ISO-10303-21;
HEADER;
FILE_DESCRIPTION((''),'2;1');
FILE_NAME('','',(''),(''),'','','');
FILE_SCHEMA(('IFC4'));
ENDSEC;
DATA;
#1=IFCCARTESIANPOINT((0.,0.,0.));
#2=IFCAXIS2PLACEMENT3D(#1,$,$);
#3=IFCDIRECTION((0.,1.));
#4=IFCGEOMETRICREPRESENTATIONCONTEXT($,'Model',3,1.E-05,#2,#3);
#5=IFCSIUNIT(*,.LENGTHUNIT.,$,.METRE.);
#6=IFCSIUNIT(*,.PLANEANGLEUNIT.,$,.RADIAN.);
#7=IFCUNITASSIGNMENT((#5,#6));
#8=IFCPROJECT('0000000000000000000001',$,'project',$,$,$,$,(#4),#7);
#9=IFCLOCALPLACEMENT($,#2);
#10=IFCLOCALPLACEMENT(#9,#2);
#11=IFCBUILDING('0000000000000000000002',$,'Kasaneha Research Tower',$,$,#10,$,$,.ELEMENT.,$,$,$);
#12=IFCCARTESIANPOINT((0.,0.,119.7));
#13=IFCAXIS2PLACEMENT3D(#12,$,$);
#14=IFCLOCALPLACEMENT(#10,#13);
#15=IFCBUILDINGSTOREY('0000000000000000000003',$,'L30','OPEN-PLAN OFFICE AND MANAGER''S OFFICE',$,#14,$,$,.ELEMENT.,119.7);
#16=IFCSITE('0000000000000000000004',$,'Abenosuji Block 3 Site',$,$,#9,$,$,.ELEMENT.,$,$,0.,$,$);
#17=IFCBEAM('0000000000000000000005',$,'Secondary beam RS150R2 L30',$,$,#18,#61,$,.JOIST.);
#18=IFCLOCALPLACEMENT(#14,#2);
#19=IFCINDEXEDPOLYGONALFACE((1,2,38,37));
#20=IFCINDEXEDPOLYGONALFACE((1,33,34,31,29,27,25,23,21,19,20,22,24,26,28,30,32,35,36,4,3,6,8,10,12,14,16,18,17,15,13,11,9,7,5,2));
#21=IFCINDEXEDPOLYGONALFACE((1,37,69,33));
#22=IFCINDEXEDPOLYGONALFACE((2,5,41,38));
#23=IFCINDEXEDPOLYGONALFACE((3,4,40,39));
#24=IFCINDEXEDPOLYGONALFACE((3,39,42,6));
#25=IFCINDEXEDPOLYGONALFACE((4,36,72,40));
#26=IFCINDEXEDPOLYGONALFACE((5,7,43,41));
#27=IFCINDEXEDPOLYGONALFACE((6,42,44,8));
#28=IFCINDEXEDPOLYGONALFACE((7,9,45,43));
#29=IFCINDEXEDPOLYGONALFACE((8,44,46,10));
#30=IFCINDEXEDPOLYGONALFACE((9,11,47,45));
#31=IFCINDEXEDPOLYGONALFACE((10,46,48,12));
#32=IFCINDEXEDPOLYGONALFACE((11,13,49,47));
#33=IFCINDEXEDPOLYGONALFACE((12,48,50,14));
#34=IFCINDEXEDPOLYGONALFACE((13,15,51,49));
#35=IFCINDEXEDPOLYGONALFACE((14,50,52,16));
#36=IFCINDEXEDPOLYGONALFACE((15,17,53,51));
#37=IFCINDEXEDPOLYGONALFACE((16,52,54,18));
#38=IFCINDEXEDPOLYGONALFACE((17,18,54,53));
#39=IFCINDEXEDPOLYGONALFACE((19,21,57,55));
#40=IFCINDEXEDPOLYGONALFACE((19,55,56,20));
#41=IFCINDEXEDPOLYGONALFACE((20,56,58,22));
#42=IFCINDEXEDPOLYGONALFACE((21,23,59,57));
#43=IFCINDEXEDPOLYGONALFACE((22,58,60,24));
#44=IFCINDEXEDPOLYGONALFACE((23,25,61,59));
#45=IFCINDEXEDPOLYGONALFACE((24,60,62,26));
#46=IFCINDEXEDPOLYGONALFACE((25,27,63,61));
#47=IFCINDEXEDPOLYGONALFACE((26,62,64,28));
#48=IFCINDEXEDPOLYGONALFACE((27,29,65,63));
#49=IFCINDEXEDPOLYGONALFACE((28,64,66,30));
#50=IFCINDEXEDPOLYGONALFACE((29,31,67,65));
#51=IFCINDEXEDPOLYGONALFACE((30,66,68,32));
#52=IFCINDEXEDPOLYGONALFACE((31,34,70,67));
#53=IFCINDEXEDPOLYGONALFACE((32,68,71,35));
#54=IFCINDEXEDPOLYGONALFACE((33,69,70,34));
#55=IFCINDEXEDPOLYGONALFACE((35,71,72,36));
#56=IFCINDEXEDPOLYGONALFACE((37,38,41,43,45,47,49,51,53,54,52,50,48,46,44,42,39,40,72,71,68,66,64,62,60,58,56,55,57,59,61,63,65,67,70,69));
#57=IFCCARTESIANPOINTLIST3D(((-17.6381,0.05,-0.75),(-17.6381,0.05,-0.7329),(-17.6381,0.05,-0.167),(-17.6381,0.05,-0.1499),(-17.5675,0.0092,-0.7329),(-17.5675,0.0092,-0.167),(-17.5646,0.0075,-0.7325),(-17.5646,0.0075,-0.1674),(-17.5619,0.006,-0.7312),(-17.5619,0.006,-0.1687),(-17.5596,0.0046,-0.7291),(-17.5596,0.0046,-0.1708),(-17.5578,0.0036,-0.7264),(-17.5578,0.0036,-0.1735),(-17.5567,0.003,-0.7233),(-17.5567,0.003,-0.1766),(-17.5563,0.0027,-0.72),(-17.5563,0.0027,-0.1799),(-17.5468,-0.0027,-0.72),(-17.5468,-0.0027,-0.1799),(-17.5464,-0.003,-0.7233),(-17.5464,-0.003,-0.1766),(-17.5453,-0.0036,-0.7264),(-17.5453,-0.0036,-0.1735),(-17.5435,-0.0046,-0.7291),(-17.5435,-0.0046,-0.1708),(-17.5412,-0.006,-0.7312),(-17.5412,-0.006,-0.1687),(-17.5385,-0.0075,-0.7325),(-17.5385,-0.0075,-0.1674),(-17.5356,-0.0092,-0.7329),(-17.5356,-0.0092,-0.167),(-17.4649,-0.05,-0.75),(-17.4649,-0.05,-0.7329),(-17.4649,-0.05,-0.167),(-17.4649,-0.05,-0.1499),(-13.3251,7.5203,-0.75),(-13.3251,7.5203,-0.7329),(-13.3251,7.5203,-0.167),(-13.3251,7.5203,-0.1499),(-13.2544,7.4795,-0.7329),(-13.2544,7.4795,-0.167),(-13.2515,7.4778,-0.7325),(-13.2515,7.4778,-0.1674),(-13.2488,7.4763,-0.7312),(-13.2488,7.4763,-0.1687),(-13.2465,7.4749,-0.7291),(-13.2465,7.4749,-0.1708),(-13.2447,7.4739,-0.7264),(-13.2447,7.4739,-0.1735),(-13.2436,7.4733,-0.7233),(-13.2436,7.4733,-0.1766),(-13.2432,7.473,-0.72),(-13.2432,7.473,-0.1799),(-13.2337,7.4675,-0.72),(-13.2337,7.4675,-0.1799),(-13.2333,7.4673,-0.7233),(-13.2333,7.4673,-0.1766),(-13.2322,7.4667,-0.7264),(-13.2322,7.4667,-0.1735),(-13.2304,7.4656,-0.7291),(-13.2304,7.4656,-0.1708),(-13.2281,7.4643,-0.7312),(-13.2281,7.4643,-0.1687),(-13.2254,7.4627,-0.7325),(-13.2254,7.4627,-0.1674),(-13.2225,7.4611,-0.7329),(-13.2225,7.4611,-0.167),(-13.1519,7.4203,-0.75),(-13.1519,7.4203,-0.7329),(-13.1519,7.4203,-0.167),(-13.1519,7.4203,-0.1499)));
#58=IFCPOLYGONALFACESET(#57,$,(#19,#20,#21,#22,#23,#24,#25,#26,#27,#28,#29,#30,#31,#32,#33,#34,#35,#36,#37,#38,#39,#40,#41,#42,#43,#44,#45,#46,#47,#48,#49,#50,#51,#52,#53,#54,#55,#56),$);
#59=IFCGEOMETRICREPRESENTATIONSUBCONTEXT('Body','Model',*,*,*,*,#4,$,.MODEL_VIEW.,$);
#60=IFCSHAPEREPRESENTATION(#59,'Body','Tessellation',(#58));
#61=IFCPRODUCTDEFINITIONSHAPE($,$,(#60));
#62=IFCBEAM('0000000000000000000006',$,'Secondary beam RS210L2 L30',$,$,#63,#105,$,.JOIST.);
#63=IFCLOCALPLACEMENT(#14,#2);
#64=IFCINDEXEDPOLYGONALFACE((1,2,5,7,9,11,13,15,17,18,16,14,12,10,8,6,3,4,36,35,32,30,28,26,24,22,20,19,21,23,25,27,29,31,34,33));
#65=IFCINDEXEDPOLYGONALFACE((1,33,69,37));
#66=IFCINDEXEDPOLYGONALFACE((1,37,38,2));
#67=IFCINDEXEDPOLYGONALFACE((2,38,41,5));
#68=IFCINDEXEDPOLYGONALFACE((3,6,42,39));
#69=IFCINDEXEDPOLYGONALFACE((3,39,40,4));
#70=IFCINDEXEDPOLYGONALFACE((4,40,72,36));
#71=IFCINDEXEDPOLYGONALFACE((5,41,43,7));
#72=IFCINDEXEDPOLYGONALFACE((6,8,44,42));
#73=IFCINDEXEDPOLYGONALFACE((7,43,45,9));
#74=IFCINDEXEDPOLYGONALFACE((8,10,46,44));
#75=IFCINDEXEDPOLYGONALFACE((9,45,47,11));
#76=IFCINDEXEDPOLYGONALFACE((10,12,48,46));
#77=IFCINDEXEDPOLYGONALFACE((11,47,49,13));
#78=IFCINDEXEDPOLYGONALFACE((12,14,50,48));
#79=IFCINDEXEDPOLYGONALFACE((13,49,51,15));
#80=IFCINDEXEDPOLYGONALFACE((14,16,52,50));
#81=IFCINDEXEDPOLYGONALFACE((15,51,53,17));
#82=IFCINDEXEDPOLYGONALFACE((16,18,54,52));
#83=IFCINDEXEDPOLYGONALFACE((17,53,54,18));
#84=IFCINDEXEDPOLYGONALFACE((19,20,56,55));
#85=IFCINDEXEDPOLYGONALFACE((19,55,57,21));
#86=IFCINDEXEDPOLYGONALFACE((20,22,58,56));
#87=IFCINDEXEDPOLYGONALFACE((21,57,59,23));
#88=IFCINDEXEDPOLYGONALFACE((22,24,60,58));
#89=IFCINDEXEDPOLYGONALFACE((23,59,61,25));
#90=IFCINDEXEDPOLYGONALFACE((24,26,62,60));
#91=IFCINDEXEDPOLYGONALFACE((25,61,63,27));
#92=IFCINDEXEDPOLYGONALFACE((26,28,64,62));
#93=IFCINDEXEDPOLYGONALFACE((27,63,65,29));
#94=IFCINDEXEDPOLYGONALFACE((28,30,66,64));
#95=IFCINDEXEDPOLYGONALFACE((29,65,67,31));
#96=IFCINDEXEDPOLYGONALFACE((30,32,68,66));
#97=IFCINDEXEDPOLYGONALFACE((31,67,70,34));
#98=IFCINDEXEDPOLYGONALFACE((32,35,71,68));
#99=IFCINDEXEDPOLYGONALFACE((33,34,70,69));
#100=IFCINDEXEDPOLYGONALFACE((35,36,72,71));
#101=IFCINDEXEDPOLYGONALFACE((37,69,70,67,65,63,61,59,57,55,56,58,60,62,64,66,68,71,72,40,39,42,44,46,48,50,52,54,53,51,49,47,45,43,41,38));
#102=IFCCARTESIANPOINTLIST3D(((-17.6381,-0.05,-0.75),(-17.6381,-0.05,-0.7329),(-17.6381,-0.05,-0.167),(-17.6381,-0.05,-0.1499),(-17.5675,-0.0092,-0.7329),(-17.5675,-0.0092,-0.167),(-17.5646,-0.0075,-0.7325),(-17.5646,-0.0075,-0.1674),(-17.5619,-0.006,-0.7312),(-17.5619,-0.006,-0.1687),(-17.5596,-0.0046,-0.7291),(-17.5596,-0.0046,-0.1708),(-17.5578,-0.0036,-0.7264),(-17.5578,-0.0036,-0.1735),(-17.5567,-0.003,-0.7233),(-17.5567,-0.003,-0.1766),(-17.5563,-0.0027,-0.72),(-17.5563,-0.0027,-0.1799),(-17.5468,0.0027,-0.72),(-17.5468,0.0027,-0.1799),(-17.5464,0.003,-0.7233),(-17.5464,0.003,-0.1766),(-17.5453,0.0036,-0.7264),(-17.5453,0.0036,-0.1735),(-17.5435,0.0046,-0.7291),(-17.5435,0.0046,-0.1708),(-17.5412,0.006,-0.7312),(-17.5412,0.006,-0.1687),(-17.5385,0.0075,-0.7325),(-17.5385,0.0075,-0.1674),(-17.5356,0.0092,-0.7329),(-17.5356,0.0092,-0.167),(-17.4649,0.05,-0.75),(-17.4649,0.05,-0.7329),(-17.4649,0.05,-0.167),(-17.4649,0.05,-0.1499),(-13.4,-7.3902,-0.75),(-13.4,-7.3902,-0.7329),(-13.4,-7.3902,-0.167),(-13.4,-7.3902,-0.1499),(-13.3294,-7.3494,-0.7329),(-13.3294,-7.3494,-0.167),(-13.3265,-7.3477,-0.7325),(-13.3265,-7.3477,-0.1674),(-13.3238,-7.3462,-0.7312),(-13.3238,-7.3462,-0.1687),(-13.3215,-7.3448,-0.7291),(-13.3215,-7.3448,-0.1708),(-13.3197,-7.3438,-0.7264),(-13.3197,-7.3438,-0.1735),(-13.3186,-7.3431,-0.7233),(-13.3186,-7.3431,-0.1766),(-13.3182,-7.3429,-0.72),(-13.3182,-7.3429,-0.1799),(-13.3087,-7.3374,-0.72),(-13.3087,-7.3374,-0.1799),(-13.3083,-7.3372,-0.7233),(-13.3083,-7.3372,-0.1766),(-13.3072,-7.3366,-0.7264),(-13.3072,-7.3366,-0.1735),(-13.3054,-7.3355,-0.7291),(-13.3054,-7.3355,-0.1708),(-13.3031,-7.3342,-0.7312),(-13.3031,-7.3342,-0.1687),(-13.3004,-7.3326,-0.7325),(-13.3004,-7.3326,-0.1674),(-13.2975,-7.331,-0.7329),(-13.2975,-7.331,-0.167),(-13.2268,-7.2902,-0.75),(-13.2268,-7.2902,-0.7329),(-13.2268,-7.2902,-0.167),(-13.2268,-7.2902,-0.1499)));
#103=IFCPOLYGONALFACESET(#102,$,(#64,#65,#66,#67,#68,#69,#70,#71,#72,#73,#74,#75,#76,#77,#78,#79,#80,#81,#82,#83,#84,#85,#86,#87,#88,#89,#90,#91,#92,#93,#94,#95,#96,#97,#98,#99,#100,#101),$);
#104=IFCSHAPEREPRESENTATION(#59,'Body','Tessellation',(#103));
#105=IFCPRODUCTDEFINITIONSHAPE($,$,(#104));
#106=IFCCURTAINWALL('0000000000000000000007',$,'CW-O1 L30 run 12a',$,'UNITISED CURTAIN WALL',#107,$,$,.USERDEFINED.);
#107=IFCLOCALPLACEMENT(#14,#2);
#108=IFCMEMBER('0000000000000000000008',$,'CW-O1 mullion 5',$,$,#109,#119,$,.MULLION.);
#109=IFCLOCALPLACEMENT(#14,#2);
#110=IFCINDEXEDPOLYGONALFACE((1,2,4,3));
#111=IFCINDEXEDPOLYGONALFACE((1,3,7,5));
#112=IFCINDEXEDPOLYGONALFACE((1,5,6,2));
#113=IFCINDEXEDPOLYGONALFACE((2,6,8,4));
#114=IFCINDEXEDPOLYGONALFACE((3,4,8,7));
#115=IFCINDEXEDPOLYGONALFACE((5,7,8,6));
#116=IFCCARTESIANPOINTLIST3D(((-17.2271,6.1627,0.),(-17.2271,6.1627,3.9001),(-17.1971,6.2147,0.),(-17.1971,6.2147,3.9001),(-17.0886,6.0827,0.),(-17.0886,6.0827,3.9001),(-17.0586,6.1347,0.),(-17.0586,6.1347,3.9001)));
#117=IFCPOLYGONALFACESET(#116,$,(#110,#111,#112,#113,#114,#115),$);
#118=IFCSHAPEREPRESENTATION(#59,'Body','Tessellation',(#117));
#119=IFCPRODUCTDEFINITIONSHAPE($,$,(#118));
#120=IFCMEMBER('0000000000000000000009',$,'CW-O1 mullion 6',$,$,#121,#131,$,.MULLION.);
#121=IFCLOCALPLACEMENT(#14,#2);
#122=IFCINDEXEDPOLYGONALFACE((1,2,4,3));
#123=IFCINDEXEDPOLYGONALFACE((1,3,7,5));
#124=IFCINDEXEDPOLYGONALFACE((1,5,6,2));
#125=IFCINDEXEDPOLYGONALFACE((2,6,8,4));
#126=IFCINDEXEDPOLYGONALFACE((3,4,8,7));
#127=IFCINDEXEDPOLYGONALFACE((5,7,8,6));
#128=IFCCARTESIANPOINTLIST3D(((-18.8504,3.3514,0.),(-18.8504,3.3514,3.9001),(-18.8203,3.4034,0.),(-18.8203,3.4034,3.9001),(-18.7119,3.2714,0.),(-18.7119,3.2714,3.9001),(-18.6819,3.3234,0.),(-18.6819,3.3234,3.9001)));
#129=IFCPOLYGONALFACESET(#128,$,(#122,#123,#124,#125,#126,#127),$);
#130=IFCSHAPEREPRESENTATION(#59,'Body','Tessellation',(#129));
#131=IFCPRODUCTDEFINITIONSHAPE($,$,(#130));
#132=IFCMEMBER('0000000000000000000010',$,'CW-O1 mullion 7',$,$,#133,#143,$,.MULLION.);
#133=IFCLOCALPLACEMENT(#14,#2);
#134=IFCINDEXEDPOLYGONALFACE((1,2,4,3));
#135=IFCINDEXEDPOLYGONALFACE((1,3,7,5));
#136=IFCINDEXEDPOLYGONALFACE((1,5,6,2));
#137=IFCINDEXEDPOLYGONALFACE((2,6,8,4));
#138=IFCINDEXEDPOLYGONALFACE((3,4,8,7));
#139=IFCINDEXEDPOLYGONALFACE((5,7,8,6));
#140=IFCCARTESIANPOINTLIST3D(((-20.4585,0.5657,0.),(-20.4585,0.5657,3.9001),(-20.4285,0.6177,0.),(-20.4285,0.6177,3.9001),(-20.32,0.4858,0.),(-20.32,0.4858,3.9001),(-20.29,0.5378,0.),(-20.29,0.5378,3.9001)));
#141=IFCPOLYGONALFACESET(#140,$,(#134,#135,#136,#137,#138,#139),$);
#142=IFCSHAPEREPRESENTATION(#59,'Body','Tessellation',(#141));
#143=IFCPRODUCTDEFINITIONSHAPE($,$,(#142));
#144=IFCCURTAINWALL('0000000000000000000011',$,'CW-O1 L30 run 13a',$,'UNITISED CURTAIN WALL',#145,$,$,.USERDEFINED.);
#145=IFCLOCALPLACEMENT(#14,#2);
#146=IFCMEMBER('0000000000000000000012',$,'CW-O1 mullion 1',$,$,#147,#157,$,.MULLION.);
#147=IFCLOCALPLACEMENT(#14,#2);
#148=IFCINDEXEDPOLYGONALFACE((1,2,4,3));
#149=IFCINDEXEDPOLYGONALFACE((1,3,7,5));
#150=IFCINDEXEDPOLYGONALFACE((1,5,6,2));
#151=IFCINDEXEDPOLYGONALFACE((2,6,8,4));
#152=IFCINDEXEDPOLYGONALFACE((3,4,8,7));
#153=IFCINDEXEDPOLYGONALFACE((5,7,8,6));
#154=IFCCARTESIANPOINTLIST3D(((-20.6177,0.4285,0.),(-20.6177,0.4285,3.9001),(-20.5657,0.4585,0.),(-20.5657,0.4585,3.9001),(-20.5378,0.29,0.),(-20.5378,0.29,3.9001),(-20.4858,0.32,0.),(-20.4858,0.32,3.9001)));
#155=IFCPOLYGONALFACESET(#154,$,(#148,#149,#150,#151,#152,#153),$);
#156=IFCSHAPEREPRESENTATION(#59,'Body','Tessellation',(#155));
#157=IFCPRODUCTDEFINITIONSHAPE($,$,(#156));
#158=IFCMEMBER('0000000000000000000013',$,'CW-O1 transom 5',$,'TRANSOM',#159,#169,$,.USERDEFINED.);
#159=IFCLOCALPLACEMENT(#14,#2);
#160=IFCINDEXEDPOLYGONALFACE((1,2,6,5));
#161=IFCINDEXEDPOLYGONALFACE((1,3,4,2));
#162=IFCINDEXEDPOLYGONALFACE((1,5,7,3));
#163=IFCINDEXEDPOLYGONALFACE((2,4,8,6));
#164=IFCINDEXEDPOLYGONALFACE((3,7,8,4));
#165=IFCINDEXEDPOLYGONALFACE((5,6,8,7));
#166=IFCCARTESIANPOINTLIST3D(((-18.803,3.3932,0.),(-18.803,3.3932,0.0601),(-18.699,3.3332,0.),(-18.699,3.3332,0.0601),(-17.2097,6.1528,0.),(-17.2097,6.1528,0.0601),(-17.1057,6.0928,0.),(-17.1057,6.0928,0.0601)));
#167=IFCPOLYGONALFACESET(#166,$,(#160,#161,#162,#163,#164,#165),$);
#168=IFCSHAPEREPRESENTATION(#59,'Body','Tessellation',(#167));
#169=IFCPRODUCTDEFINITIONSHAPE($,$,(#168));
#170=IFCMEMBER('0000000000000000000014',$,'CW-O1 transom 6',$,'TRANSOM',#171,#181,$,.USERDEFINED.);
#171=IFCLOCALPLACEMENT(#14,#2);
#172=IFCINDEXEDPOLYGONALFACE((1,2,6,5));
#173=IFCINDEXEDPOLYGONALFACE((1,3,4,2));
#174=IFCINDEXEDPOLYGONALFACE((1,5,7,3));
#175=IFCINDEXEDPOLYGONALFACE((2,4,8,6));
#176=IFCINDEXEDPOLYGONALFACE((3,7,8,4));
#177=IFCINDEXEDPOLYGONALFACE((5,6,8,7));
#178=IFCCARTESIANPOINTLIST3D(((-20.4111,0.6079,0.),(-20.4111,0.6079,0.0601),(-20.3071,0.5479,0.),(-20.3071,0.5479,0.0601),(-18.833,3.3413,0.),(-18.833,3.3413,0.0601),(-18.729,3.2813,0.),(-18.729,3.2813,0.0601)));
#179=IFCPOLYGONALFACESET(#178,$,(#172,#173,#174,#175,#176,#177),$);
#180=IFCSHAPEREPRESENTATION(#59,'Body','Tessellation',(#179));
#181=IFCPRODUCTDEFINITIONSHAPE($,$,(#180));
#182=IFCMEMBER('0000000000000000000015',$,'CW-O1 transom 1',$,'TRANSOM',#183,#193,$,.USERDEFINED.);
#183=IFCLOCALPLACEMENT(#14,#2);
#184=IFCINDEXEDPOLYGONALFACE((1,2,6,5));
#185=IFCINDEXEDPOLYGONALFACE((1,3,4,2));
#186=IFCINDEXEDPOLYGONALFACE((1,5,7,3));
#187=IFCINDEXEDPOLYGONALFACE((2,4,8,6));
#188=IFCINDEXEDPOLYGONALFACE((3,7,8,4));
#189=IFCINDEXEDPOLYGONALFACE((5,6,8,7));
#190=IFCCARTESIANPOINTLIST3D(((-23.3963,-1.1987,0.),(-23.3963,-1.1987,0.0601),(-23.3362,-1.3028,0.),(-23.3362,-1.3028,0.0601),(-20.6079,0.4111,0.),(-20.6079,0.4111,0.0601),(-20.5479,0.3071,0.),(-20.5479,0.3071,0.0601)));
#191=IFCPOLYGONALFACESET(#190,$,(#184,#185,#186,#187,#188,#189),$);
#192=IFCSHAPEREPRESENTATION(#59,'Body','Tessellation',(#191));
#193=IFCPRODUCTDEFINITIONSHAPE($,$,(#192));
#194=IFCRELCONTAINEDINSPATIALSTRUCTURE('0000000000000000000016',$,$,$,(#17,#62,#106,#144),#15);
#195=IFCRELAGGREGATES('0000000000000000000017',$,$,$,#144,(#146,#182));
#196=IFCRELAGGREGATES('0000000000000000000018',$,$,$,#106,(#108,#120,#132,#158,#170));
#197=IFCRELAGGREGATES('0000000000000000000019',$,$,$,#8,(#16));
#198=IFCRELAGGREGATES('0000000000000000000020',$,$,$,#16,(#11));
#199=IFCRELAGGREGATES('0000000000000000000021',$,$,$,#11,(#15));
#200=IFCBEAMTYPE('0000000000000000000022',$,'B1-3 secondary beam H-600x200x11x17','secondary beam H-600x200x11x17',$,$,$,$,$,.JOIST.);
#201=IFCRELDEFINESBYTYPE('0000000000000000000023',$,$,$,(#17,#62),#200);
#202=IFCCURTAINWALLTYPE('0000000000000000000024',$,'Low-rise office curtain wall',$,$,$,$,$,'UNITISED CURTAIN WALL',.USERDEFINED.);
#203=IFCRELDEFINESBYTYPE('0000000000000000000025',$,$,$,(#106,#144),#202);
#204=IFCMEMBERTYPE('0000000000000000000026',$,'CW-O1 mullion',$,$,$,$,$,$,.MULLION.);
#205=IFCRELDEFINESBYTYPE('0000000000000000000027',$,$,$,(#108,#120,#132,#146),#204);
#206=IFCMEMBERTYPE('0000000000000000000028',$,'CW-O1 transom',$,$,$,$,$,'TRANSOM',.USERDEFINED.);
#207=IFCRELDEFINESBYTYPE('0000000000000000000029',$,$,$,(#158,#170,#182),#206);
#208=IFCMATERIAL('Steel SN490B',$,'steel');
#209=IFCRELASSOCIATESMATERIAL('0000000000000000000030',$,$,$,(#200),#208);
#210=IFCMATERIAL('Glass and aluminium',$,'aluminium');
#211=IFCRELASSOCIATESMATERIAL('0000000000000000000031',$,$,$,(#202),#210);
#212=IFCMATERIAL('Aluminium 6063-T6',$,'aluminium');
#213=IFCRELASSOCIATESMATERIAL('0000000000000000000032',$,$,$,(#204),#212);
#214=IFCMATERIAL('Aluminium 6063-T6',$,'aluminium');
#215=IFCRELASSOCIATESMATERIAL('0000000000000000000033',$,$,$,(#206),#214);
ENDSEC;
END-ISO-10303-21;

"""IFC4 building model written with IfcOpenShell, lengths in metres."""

from ifc_helpers import new_model, si_unit, direction, frame, origin, origin_2d, place, context, subcontext, project, spatial, rectangle, i_section, extrude, material, material_profile, profile_set, type_object, element, aggregate, save


model = new_model("IFC4")

# Units and contexts
model_context = context("Model", 3, precision=1e-05, world=origin(), true_north=direction((0.0, 1.0)))
body_context = subcontext(model_context, "Body", "Model", "MODEL_VIEW")
ifc_project = project(units=[si_unit("LENGTHUNIT", "METRE"), si_unit("PLANEANGLEUNIT", "RADIAN")], contexts=[model_context])

# Site, building, storey
site_placement = place(None, origin())
site = spatial("IfcSite", under=ifc_project, at=site_placement, Name="Abenosuji Block 3 Site", CompositionType="ELEMENT", RefElevation=0.0)
building_placement = place(site_placement, origin())
building = spatial("IfcBuilding", under=site, at=building_placement, Name="Kasaneha Research Tower", CompositionType="ELEMENT")
storey_placement = place(building_placement, frame((0.0, 0.0, 119.7)))
storey = spatial("IfcBuildingStorey", under=building, at=storey_placement, Name="L30", Description="OPEN-PLAN OFFICE AND MANAGER'S OFFICE", CompositionType="ELEMENT", Elevation=119.7)

# Beams
ifc_material_1 = material(Name="Steel SN490B", Category="steel")
ifc_material_profile_1 = material_profile(ifc_material_1, i_section(OverallWidth=0.2, OverallDepth=0.6001, WebThickness=0.011, FlangeThickness=0.0171, FilletRadius=0.0129, at=origin_2d()), Name="H-600x200x11x17")
ifc_profile_set_1 = profile_set([ifc_material_profile_1], Name="Steel SN490B")
beam_type_1 = type_object("IfcBeamType", Name="B1-3 secondary beam H-600x200x11x17", Description="secondary beam H-600x200x11x17", PredefinedType="JOIST", material=ifc_profile_set_1)
beam_1_placement = place(storey_placement, frame((-17.5515, 0.0, -0.45), z_axis=(0.500005, 0.866023, 0.0), x_axis=(-0.866023, 0.500005, 0.0)))
element("IfcBeam", 1, at=beam_1_placement, inside=storey, type_object=beam_type_1, Name="Secondary beam RS150R2 L30", PredefinedType="JOIST", context=body_context, shape_type="SweptSolid", body=[
    extrude(i_section(OverallWidth=0.2, OverallDepth=0.6001, WebThickness=0.011, FlangeThickness=0.0171, FilletRadius=0.0129, at=origin_2d()), origin(), (0.0, 0.0, 1.0), 8.626),
])
beam_2_placement = place(storey_placement, frame((-17.5515, 0.0, -0.45), z_axis=(0.500021, -0.866013, 0.0), x_axis=(0.866013, 0.500021, 0.0)))
element("IfcBeam", 2, at=beam_2_placement, inside=storey, type_object=beam_type_1, Name="Secondary beam RS210L2 L30", PredefinedType="JOIST", context=body_context, shape_type="SweptSolid", body=[
    extrude(i_section(OverallWidth=0.2, OverallDepth=0.6001, WebThickness=0.011, FlangeThickness=0.0171, FilletRadius=0.0129, at=origin_2d()), origin(), (0.0, 0.0, 1.0), 8.4758),
])

# Curtain wall, members
ifc_material_2 = material(Name="Glass and aluminium", Category="aluminium")
curtain_wall_type = type_object("IfcCurtainWallType", Name="Low-rise office curtain wall", ElementType="UNITISED CURTAIN WALL", PredefinedType="USERDEFINED", material=ifc_material_2)
curtain_wall_1_placement = place(storey_placement, origin())
curtain_wall_1 = element("IfcCurtainWall", 3, at=curtain_wall_1_placement, inside=storey, type_object=curtain_wall_type, Name="CW-O1 L30 run 12a", ObjectType="UNITISED CURTAIN WALL", PredefinedType="USERDEFINED")
ifc_material_3 = material(Name="Aluminium 6063-T6", Category="aluminium")
ifc_material_profile_2 = material_profile(ifc_material_3, rectangle(XDim=0.0601, YDim=0.1599, at=origin_2d()), Name="CW-O1 mullion 60x160")
ifc_profile_set_2 = profile_set([ifc_material_profile_2], Name="Aluminium 6063-T6")
member_type_1 = type_object("IfcMemberType", Name="CW-O1 mullion", PredefinedType="MULLION", material=ifc_profile_set_2)
member_1_placement = place(storey_placement, frame((-17.1428, 6.1487, 0.0), z_axis=(0.0, 0.0, 1.0), x_axis=(-0.5, -0.866025, 0.0)))
member_1 = element("IfcMember", 4, at=member_1_placement, type_object=member_type_1, Name="CW-O1 mullion 5", PredefinedType="MULLION", context=body_context, shape_type="SweptSolid", body=[
    extrude(rectangle(XDim=0.0601, YDim=0.1599, at=origin_2d()), origin(), (0.0, 0.0, 1.0), 3.9001),
])
member_2_placement = place(storey_placement, frame((-18.7661, 3.3374, 0.0), z_axis=(0.0, 0.0, 1.0), x_axis=(-0.5, -0.866025, 0.0)))
member_2 = element("IfcMember", 5, at=member_2_placement, type_object=member_type_1, Name="CW-O1 mullion 6", PredefinedType="MULLION", context=body_context, shape_type="SweptSolid", body=[
    extrude(rectangle(XDim=0.0601, YDim=0.1599, at=origin_2d()), origin(), (0.0, 0.0, 1.0), 3.9001),
])
member_3_placement = place(storey_placement, frame((-20.3743, 0.5518, 0.0), z_axis=(0.0, 0.0, 1.0), x_axis=(-0.5, -0.866025, 0.0)))
member_3 = element("IfcMember", 6, at=member_3_placement, type_object=member_type_1, Name="CW-O1 mullion 7", PredefinedType="MULLION", context=body_context, shape_type="SweptSolid", body=[
    extrude(rectangle(XDim=0.0601, YDim=0.1599, at=origin_2d()), origin(), (0.0, 0.0, 1.0), 3.9001),
])

# Curtain wall, member
curtain_wall_2_placement = place(storey_placement, origin())
curtain_wall_2 = element("IfcCurtainWall", 7, at=curtain_wall_2_placement, inside=storey, type_object=curtain_wall_type, Name="CW-O1 L30 run 13a", ObjectType="UNITISED CURTAIN WALL", PredefinedType="USERDEFINED")
member_4_placement = place(storey_placement, frame((-20.5518, 0.3743, 0.0), z_axis=(0.0, 0.0, 1.0), x_axis=(-0.866025, -0.5, 0.0)))
member_4 = element("IfcMember", 8, at=member_4_placement, type_object=member_type_1, Name="CW-O1 mullion 1", PredefinedType="MULLION", context=body_context, shape_type="SweptSolid", body=[
    extrude(rectangle(XDim=0.0601, YDim=0.1599, at=origin_2d()), origin(), (0.0, 0.0, 1.0), 3.9001),
])

# Members
ifc_material_4 = material(Name="Aluminium 6063-T6", Category="aluminium")
ifc_material_profile_3 = material_profile(ifc_material_4, rectangle(XDim=0.1201, YDim=0.0601, at=origin_2d()), Name="CW-O1 transom 120x60")
ifc_profile_set_3 = profile_set([ifc_material_profile_3], Name="Aluminium 6063-T6")
member_type_2 = type_object("IfcMemberType", Name="CW-O1 transom", ElementType="TRANSOM", PredefinedType="USERDEFINED", material=ifc_profile_set_3)
member_5_placement = place(storey_placement, frame((-17.1577, 6.1228, 0.03), z_axis=(-0.500012, -0.866018, 0.0), x_axis=(0.866018, -0.500012, 0.0)))
member_5 = element("IfcMember", 9, at=member_5_placement, type_object=member_type_2, Name="CW-O1 transom 5", ObjectType="TRANSOM", PredefinedType="USERDEFINED", context=body_context, shape_type="SweptSolid", body=[
    extrude(rectangle(XDim=0.1201, YDim=0.0601, at=origin_2d()), origin(), (0.0, 0.0, 1.0), 3.1865),
])
member_6_placement = place(storey_placement, frame((-18.781, 3.3113, 0.03), z_axis=(-0.499999, -0.866026, 0.0), x_axis=(0.866026, -0.499999, 0.0)))
member_6 = element("IfcMember", 10, at=member_6_placement, type_object=member_type_2, Name="CW-O1 transom 6", ObjectType="TRANSOM", PredefinedType="USERDEFINED", context=body_context, shape_type="SweptSolid", body=[
    extrude(rectangle(XDim=0.1201, YDim=0.0601, at=origin_2d()), origin(), (0.0, 0.0, 1.0), 3.1562),
])
member_7_placement = place(storey_placement, frame((-20.5779, 0.3591, 0.03), z_axis=(-0.866023, -0.500005, 0.0), x_axis=(0.500005, -0.866023, 0.0)))
member_7 = element("IfcMember", 11, at=member_7_placement, type_object=member_type_2, Name="CW-O1 transom 1", ObjectType="TRANSOM", PredefinedType="USERDEFINED", context=body_context, shape_type="SweptSolid", body=[
    extrude(rectangle(XDim=0.1201, YDim=0.0601, at=origin_2d()), origin(), (0.0, 0.0, 1.0), 3.2197),
])
aggregate(curtain_wall_2, [member_4, member_7])

aggregate(curtain_wall_1, [member_1, member_2, member_3, member_5, member_6])

save(model, "model.ifc")
